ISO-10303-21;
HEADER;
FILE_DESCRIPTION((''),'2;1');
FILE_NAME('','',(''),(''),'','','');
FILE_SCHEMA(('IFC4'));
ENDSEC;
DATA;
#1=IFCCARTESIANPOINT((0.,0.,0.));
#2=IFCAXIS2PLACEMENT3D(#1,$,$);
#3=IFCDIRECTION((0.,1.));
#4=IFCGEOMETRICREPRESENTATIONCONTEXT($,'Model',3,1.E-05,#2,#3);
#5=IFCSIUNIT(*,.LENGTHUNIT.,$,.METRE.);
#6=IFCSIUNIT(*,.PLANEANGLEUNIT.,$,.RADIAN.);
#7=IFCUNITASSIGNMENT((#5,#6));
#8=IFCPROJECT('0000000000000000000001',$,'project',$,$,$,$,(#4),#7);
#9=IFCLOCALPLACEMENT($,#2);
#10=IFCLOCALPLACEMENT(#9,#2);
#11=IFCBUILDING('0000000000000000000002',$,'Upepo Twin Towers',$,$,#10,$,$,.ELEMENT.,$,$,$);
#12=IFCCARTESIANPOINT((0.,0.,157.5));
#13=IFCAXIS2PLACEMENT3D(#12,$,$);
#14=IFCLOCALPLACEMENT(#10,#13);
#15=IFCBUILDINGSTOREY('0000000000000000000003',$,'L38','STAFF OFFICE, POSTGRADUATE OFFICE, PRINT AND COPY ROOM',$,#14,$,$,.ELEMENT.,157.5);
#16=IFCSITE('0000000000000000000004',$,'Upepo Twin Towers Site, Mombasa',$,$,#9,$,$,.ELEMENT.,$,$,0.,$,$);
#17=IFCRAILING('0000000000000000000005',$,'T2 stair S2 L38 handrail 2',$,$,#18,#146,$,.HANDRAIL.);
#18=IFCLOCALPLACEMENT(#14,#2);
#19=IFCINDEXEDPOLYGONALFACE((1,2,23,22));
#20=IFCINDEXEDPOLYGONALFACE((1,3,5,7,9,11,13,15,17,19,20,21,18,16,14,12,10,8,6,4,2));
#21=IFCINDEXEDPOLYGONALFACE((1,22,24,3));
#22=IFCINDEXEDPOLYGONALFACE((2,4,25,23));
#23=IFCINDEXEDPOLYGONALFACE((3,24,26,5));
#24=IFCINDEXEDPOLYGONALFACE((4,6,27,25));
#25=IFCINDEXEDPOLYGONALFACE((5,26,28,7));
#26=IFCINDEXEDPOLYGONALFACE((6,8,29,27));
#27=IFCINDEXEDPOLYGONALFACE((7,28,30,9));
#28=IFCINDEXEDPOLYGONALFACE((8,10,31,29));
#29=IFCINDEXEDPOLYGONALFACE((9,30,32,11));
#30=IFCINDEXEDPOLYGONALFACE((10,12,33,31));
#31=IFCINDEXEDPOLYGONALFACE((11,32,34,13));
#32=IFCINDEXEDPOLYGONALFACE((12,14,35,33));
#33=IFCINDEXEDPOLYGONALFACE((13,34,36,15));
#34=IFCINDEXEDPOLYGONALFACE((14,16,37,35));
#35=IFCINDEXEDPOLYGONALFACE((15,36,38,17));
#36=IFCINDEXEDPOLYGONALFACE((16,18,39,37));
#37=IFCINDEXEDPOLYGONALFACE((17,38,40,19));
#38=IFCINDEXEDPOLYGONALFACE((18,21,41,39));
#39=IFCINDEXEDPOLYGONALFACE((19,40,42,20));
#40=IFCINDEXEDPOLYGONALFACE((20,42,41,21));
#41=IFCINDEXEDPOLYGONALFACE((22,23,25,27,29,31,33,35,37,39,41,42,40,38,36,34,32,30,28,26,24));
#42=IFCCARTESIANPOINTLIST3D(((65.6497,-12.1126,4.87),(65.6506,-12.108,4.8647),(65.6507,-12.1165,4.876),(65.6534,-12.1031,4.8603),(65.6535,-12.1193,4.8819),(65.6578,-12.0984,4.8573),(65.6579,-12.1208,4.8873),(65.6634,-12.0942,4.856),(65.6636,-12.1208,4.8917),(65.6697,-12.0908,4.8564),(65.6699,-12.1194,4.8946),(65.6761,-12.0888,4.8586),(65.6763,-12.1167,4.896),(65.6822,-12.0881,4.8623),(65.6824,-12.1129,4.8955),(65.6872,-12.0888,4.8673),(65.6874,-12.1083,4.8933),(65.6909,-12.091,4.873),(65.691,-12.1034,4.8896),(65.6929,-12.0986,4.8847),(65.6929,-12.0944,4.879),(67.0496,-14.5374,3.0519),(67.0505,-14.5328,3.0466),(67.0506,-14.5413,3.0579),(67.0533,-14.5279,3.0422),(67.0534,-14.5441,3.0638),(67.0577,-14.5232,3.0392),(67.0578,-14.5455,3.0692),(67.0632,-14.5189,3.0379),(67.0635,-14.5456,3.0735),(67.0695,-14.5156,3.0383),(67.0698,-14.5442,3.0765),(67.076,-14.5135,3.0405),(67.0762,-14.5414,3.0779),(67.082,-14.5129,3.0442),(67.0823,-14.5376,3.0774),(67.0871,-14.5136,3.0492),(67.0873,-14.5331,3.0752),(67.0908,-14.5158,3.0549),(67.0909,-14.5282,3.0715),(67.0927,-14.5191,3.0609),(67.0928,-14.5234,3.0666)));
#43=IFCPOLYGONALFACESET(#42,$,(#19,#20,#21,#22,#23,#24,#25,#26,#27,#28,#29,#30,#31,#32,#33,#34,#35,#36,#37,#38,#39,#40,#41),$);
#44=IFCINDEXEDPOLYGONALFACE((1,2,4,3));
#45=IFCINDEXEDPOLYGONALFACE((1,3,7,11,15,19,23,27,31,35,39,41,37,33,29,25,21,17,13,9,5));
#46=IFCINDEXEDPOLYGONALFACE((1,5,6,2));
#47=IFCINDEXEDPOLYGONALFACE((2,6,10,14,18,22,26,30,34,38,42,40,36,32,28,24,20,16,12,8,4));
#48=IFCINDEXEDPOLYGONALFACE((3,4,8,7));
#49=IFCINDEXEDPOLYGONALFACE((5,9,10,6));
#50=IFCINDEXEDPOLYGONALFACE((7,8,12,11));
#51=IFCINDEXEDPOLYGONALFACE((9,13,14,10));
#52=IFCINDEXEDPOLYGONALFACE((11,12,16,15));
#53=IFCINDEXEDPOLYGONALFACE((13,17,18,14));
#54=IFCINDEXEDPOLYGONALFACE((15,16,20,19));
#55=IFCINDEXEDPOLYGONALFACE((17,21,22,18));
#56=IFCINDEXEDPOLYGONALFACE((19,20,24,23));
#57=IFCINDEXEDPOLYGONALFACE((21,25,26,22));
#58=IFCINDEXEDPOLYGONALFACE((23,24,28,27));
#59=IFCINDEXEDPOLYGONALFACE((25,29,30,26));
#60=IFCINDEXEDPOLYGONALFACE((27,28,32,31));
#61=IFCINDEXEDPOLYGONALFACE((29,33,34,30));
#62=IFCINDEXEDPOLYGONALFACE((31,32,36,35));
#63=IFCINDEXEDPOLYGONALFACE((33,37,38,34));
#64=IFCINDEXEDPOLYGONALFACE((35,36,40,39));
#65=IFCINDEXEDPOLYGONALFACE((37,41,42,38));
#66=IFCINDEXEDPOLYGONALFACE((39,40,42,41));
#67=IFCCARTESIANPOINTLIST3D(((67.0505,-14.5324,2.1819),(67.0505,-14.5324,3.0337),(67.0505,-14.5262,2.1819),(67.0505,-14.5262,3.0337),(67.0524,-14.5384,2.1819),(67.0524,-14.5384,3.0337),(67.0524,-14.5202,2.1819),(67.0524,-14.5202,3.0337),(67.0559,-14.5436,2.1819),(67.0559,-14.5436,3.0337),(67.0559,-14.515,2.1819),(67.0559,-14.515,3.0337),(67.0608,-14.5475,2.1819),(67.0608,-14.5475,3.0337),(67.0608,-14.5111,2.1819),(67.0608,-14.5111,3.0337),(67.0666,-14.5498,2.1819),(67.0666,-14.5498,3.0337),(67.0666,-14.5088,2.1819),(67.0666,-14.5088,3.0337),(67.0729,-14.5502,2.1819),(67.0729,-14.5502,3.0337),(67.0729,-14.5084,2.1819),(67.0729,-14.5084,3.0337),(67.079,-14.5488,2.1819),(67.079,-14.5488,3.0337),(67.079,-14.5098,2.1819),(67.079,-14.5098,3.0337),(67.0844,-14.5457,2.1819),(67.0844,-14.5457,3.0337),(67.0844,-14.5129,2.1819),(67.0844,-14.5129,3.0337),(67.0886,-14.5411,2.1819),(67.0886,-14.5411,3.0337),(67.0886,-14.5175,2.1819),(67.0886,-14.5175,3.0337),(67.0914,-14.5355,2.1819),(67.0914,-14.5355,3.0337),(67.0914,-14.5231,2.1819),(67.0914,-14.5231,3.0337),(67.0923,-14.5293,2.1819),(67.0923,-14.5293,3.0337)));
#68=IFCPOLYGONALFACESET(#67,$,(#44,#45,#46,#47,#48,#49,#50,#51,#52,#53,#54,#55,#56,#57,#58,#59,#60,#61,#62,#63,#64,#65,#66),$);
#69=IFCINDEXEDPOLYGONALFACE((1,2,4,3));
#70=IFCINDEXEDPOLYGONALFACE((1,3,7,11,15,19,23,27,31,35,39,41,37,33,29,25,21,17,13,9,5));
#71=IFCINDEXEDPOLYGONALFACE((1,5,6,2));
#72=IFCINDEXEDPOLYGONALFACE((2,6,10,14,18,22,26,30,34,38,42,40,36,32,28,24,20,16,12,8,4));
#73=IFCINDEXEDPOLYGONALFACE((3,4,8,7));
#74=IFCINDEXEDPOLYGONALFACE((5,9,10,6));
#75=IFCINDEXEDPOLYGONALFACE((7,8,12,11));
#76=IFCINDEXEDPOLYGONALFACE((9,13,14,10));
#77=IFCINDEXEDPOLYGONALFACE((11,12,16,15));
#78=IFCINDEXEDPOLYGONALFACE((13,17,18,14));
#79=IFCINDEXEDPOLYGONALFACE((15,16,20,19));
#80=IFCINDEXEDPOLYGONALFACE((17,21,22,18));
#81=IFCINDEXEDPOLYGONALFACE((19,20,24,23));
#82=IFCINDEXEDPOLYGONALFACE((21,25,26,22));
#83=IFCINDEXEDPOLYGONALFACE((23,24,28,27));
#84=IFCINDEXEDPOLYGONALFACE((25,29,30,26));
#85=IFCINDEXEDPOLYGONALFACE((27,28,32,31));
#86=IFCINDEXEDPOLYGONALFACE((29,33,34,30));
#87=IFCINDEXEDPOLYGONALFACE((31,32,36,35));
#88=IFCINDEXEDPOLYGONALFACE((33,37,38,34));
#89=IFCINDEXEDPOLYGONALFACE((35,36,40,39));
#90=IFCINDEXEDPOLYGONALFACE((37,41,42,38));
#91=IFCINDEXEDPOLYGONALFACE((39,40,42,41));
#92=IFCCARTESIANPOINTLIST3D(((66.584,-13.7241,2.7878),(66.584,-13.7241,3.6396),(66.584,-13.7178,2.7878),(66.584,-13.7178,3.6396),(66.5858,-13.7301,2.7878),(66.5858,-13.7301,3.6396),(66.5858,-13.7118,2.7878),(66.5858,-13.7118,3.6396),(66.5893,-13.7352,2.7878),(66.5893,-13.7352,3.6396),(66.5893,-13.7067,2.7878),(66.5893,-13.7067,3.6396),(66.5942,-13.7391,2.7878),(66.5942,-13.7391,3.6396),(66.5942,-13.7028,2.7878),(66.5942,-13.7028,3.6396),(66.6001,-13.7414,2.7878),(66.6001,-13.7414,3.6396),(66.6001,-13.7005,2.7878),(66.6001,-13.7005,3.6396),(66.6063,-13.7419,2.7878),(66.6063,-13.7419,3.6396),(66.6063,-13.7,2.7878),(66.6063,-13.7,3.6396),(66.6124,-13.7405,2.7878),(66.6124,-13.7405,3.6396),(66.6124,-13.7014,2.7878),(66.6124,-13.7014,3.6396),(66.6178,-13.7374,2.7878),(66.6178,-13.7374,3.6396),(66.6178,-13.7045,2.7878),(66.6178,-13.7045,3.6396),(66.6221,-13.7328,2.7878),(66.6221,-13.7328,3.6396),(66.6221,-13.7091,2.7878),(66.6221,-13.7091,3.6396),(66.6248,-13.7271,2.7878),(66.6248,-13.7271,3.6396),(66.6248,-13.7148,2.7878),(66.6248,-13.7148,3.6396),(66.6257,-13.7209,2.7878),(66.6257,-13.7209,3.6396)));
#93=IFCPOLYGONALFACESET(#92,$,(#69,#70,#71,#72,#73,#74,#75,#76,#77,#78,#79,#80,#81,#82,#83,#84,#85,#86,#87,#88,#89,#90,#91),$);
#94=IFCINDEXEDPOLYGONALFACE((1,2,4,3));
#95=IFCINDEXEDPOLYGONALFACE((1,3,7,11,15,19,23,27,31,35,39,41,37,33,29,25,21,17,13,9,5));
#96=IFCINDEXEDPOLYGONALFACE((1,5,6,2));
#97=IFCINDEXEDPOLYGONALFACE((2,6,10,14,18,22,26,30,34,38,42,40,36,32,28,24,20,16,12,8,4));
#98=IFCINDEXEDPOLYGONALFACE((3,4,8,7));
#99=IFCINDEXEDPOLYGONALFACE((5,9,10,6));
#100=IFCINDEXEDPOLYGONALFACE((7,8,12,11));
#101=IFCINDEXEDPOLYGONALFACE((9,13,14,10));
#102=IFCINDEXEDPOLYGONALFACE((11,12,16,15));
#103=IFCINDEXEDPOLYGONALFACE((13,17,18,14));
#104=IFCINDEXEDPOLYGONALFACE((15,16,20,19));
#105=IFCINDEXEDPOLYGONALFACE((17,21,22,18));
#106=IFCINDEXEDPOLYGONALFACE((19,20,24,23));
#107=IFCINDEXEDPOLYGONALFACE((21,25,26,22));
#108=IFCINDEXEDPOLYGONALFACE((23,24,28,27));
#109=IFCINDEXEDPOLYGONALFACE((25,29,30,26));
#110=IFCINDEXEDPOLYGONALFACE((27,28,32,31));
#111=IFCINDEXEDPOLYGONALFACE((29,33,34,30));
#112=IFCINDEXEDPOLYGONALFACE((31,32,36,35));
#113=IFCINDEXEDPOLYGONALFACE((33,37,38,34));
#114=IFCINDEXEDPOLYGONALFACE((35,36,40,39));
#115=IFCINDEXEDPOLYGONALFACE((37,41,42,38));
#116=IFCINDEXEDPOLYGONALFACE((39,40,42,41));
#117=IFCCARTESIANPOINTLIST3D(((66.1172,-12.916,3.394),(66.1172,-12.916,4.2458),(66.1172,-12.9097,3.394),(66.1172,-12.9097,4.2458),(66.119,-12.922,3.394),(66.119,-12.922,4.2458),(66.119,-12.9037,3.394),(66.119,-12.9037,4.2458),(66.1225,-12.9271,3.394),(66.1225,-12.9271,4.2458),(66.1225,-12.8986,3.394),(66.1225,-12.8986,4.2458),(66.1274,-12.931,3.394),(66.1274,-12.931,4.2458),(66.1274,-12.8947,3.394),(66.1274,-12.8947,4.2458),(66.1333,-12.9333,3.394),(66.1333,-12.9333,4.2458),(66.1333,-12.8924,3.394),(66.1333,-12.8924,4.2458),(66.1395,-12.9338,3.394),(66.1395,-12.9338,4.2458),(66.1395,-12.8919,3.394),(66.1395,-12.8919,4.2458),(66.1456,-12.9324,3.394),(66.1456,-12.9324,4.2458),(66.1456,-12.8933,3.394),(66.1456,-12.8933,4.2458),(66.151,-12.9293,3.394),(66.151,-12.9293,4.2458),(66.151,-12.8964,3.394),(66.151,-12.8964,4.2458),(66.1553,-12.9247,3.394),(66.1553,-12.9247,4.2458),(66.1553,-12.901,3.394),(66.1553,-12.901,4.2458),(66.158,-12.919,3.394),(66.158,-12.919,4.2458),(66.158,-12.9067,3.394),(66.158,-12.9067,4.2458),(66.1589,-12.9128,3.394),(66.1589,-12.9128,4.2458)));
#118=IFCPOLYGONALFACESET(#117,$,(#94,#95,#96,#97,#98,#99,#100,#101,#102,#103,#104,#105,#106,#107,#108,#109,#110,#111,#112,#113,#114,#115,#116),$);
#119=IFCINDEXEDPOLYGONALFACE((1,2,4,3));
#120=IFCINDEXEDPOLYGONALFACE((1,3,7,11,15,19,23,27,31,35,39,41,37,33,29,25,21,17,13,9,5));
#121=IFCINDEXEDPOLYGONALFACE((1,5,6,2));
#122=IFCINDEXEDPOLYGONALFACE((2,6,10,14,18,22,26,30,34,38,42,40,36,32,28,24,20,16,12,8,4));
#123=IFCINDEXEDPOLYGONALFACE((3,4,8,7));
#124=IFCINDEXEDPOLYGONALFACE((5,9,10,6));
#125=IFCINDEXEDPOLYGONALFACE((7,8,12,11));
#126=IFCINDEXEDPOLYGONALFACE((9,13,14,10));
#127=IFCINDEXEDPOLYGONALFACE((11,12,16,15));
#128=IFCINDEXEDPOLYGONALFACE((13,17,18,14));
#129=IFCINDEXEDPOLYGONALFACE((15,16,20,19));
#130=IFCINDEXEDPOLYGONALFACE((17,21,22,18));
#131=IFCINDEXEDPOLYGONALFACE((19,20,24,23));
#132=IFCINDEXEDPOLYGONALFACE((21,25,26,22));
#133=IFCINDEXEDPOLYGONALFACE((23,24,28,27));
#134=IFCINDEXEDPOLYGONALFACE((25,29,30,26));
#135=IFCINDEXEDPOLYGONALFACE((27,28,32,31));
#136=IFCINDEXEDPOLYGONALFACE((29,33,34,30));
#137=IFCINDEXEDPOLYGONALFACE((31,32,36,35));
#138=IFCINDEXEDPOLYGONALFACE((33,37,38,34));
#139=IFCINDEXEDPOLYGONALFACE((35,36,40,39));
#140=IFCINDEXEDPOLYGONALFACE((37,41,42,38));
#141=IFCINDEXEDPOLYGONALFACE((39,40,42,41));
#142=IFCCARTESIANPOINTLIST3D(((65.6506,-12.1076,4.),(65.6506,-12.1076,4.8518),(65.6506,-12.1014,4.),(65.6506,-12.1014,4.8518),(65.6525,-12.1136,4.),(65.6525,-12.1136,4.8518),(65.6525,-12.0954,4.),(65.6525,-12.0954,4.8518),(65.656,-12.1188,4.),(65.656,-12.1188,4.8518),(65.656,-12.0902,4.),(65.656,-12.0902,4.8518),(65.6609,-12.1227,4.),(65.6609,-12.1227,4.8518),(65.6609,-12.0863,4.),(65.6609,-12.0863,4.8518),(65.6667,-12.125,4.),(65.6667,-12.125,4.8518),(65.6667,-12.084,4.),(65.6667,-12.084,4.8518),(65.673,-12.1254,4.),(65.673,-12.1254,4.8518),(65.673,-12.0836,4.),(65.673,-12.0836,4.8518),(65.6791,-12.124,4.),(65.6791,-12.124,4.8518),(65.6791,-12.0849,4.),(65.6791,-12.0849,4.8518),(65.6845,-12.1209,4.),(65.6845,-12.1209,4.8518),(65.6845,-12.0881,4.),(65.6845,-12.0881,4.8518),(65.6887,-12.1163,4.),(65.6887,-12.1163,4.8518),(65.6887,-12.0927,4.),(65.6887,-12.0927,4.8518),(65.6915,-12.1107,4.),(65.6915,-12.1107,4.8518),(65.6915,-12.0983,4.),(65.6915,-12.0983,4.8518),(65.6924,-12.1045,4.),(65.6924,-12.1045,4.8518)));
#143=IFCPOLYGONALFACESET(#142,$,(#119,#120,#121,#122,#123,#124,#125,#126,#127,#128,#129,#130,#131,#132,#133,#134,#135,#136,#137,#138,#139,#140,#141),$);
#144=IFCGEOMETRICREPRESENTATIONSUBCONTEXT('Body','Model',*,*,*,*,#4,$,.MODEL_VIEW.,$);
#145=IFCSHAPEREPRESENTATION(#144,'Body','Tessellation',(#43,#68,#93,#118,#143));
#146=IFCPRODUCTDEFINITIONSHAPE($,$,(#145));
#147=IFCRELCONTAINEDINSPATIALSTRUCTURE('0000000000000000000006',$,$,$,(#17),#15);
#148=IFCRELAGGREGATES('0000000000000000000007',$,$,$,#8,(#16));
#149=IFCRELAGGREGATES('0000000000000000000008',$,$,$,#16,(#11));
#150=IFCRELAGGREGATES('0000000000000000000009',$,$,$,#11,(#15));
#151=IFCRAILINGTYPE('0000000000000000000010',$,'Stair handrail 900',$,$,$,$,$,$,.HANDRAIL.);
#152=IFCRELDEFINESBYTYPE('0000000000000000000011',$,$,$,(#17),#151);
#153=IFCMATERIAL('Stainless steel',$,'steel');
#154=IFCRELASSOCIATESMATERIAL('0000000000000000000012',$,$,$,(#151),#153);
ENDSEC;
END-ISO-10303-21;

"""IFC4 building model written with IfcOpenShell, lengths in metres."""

from ifc_helpers import new_model, si_unit, direction, frame, origin, origin_2d, place, context, subcontext, project, spatial, circle, extrude, material, type_object, element, save


model = new_model("IFC4")

# Units and contexts
model_context = context("Model", 3, precision=1e-05, world=origin(), true_north=direction((0.0, 1.0)))
body_context = subcontext(model_context, "Body", "Model", "MODEL_VIEW")
ifc_project = project(units=[si_unit("LENGTHUNIT", "METRE"), si_unit("PLANEANGLEUNIT", "RADIAN")], contexts=[model_context])

# Site, building, storey
site_placement = place(None, origin())
site = spatial("IfcSite", under=ifc_project, at=site_placement, Name="Upepo Twin Towers Site, Mombasa", CompositionType="ELEMENT", RefElevation=0.0)
building_placement = place(site_placement, origin())
building = spatial("IfcBuilding", under=site, at=building_placement, Name="Upepo Twin Towers", CompositionType="ELEMENT")
storey_placement = place(building_placement, frame((0.0, 0.0, 157.5)))
storey = spatial("IfcBuildingStorey", under=building, at=storey_placement, Name="L38", Description="STAFF OFFICE, POSTGRADUATE OFFICE, PRINT AND COPY ROOM", CompositionType="ELEMENT", Elevation=157.5)

# Railing
ifc_material_1 = material(Name="Stainless steel", Category="steel")
railing_type = type_object("IfcRailingType", Name="Stair handrail 900", PredefinedType="HANDRAIL", material=ifc_material_1)
railing_1_placement = place(storey_placement, frame((67.0713, -14.5293, 2.1819)))
element("IfcRailing", 1, at=railing_1_placement, inside=storey, type_object=railing_type, Name="T2 stair S2 L38 handrail 2", PredefinedType="HANDRAIL", context=body_context, shape_type="SweptSolid", body=[
    extrude(circle(Radius=0.0239, at=origin_2d()), frame((0.0, 0.0, 0.876), z_axis=(-0.419333, 0.726336, 0.544606), x_axis=(-0.866035, -0.499984, 0.0)), (0.0, 0.0, 1.0), 3.3384),
    extrude(circle(Radius=0.021, at=origin_2d()), origin(), (0.0, 0.0, 1.0), 0.8518),
    extrude(circle(Radius=0.021, at=origin_2d()), frame((-0.4666, 0.8083, 0.606)), (0.0, 0.0, 1.0), 0.8518),
    extrude(circle(Radius=0.021, at=origin_2d()), frame((-0.9333, 1.6165, 1.2122)), (0.0, 0.0, 1.0), 0.8518),
    extrude(circle(Radius=0.021, at=origin_2d()), frame((-1.3999, 2.4248, 1.8181)), (0.0, 0.0, 1.0), 0.8518),
])

save(model, "model.ifc")
